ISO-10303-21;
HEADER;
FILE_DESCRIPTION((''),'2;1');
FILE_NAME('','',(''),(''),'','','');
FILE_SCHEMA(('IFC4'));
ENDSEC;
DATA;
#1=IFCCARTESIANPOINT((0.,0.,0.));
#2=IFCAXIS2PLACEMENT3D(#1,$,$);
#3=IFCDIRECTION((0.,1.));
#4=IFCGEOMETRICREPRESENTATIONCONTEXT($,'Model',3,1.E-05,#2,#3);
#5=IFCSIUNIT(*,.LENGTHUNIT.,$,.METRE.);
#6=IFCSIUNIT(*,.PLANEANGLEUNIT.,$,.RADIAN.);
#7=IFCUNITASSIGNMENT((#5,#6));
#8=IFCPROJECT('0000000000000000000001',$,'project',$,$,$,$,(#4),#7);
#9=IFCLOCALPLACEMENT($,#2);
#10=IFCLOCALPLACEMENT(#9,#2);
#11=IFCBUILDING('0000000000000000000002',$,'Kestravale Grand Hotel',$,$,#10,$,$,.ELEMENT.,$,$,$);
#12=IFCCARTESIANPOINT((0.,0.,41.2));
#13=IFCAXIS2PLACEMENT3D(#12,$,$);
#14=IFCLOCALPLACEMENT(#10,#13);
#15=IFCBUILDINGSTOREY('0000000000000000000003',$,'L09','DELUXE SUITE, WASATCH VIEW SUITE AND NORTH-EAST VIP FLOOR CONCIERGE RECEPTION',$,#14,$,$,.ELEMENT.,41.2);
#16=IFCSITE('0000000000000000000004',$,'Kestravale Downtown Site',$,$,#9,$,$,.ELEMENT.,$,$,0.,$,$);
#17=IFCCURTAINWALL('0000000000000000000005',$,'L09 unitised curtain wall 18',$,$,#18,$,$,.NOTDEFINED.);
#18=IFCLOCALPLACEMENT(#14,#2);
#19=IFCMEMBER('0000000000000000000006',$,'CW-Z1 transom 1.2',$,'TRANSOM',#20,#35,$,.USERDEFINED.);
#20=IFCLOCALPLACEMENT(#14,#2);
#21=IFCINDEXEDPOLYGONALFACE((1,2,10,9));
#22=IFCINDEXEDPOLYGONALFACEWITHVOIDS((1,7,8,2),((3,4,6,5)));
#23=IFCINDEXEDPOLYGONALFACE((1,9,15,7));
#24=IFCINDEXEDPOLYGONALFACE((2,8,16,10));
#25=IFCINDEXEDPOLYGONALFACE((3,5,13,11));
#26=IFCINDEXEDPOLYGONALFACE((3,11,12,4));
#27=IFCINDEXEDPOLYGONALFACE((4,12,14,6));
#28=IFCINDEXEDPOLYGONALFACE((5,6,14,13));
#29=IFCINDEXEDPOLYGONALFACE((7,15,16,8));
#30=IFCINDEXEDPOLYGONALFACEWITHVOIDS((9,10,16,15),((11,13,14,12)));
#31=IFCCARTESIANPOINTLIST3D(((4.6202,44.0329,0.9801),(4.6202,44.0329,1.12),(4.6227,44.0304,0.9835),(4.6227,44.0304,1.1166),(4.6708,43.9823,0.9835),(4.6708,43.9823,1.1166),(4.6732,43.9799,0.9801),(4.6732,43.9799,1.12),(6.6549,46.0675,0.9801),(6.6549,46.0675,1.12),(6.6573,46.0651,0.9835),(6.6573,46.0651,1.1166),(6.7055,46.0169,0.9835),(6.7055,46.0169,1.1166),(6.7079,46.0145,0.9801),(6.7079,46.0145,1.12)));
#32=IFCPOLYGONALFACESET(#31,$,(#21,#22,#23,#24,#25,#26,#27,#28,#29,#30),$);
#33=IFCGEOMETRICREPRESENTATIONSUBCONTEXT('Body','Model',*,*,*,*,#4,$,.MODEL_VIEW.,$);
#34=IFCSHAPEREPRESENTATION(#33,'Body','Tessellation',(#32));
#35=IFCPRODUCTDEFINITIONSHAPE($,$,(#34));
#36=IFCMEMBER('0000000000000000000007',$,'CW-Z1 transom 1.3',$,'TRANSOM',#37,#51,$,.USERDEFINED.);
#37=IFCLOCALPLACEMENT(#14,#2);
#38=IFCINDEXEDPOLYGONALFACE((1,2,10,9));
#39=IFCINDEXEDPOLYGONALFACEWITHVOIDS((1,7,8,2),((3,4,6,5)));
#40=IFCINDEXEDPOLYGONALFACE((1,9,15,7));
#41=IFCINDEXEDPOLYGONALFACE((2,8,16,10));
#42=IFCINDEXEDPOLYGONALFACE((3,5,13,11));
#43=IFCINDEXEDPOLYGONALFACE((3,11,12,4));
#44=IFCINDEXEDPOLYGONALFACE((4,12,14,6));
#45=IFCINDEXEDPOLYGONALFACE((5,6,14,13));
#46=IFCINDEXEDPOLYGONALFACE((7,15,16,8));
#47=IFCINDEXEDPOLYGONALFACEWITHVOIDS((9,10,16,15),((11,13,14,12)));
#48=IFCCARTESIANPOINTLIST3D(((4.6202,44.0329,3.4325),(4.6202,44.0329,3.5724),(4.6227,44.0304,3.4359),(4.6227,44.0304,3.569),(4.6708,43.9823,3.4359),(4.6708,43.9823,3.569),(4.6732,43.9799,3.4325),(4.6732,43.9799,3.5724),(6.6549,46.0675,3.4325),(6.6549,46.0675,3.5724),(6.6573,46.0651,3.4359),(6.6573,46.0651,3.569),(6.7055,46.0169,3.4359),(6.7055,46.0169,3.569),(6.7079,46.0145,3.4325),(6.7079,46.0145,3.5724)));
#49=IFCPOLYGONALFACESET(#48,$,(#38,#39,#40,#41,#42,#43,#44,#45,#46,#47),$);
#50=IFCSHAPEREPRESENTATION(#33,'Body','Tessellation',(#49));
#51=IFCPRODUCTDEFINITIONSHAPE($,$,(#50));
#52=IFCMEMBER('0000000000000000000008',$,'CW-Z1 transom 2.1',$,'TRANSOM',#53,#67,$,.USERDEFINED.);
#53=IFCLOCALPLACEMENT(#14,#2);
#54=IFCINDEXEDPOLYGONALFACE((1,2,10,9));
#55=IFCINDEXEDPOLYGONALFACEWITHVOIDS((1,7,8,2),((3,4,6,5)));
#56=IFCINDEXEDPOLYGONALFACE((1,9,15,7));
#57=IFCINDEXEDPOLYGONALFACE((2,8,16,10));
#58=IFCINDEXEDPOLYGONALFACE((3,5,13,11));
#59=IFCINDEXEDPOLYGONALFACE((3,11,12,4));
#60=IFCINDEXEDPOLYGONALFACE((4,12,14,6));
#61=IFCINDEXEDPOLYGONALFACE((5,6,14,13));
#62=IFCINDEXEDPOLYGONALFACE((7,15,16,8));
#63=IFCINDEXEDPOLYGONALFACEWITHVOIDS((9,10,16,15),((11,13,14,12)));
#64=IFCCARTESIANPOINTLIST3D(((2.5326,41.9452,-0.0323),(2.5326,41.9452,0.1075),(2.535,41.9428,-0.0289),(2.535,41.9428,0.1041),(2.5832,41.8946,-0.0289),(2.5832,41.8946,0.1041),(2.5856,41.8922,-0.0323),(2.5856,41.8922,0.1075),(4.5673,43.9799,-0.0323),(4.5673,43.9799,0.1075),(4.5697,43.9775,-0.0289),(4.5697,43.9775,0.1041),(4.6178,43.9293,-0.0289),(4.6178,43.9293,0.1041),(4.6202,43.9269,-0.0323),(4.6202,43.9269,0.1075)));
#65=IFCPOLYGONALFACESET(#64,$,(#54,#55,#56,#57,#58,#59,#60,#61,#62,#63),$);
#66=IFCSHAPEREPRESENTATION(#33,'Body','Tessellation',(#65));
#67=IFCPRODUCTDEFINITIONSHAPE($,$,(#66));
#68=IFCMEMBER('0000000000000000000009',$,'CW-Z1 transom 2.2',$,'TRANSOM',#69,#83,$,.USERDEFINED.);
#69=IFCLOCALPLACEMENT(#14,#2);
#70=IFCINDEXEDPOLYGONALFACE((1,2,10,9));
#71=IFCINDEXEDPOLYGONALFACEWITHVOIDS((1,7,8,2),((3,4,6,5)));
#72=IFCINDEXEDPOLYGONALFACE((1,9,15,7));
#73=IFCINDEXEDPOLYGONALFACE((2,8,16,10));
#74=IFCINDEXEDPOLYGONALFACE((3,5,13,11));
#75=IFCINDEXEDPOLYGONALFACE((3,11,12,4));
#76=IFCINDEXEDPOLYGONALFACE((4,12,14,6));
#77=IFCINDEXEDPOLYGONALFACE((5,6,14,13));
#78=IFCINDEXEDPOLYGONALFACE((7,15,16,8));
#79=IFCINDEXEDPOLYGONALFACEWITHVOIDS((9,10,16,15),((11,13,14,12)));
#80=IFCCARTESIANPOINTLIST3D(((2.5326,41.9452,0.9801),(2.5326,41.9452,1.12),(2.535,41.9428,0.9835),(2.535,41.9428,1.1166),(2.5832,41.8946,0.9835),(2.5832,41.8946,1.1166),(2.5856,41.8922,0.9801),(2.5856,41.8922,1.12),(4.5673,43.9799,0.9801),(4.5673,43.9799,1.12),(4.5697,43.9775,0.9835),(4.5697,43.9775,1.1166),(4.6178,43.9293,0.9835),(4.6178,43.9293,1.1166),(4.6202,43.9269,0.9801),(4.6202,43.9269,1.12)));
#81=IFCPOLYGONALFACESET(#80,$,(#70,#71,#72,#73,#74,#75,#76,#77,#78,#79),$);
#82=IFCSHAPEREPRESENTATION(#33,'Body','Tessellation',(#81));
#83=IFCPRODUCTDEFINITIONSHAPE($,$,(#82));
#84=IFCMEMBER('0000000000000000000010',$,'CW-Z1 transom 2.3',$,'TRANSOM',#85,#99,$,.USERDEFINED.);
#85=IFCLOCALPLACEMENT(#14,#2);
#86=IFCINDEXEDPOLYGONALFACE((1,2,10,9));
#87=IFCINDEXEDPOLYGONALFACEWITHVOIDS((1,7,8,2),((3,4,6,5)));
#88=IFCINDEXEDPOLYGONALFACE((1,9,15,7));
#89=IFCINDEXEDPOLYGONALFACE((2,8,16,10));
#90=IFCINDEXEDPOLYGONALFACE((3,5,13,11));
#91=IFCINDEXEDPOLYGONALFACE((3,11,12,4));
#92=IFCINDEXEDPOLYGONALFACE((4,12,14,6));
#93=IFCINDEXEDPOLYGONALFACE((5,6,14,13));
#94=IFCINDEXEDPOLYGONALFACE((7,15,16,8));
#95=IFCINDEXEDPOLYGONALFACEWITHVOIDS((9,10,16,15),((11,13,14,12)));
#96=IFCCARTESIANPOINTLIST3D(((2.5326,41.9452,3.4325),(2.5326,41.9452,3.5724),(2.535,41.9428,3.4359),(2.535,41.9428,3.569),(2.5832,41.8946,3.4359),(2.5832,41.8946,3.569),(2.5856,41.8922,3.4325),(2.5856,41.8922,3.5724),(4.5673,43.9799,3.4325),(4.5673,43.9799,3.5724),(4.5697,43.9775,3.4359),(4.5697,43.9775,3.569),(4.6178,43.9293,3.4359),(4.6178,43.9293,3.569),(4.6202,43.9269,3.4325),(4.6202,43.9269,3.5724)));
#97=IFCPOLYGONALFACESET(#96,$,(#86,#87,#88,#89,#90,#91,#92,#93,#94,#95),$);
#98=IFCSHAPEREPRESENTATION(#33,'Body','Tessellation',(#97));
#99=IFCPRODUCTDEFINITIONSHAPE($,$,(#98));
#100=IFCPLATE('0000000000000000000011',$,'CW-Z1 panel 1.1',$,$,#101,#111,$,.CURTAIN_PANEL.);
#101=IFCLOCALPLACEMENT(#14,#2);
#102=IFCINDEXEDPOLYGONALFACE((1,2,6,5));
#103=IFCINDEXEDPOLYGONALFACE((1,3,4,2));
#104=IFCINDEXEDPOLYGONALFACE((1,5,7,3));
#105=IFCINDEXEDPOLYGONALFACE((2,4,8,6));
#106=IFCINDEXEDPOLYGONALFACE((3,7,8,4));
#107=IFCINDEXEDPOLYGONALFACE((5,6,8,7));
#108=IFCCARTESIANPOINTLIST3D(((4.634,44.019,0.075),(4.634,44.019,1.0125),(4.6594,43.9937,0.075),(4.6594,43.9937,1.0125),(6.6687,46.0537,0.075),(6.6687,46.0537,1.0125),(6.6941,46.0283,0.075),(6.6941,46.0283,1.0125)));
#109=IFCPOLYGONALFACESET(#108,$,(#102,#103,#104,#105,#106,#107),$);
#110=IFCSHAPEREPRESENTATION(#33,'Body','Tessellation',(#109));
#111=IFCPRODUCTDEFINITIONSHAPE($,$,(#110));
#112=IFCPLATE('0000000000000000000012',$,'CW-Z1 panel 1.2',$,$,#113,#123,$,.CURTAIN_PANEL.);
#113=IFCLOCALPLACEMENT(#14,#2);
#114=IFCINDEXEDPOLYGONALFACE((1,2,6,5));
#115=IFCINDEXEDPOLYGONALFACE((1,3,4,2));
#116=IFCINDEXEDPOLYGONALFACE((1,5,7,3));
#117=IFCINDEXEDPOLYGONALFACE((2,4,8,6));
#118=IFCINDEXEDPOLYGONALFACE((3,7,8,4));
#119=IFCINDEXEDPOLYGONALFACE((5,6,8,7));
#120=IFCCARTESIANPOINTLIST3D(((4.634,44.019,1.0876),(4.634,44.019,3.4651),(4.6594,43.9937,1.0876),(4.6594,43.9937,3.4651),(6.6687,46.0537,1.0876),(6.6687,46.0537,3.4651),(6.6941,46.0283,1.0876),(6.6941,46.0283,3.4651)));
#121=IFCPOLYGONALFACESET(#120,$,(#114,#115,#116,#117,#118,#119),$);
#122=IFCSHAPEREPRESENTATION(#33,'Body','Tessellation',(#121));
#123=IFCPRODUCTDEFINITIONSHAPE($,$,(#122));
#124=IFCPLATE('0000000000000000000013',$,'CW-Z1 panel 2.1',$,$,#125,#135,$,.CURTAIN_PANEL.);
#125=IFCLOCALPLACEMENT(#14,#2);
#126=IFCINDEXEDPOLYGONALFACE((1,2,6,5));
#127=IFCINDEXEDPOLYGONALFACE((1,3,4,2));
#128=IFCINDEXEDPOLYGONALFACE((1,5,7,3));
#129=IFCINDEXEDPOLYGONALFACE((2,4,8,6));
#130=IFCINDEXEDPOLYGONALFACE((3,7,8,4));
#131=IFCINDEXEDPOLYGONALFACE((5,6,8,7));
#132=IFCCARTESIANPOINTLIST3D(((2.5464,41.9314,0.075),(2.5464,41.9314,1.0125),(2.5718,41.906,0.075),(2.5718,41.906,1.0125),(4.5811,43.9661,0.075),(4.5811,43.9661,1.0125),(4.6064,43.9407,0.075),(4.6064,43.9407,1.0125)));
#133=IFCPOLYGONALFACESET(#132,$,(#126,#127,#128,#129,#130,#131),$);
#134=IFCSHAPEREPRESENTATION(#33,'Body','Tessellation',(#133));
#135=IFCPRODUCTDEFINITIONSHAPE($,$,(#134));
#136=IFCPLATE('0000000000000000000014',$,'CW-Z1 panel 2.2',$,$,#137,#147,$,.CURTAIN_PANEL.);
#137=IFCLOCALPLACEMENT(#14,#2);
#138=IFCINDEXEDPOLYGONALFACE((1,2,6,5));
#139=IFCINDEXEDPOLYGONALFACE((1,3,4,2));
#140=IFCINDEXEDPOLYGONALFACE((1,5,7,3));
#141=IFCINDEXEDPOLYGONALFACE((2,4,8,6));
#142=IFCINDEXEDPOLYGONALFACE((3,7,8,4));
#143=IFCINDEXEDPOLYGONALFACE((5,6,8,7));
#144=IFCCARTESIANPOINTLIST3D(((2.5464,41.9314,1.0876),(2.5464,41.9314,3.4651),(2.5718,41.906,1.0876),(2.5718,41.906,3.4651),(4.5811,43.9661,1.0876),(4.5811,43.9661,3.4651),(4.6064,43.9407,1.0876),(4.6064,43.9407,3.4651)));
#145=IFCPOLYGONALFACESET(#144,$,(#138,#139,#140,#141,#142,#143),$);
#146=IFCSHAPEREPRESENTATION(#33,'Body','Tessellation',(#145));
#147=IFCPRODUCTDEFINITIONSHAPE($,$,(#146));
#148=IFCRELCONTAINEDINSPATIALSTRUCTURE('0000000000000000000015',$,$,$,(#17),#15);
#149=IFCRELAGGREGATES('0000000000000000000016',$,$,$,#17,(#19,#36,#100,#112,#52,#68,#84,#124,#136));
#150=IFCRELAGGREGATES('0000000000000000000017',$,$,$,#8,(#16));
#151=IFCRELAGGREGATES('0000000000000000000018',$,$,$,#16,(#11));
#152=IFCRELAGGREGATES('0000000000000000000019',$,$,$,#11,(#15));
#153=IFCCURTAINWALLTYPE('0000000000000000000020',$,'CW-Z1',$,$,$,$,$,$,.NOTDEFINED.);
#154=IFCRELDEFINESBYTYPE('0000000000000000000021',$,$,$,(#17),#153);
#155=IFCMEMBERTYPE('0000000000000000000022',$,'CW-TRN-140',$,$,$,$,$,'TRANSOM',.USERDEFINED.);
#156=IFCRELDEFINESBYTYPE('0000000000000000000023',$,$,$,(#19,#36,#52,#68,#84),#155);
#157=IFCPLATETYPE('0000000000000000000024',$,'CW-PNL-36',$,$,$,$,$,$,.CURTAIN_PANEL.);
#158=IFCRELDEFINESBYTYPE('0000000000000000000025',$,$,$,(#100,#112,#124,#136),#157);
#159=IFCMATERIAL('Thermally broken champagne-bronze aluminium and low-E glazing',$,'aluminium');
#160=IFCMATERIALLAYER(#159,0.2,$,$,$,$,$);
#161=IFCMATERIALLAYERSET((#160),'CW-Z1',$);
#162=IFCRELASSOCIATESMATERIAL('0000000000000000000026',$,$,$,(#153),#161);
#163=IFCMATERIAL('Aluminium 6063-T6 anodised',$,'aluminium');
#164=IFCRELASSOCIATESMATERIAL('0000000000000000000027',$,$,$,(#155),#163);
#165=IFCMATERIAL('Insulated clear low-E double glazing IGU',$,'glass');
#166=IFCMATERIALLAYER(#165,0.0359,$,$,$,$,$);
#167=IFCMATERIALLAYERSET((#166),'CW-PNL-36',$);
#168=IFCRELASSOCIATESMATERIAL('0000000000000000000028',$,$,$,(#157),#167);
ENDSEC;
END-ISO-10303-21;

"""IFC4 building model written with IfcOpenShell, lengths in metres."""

from ifc_helpers import new_model, si_unit, direction, frame, origin, origin_2d, place, context, subcontext, project, spatial, rectangle, hollow_rectangle, extrude, material, layer, layer_set, material_profile, profile_set, type_object, element, aggregate, save


model = new_model("IFC4")

# Units and contexts
model_context = context("Model", 3, precision=1e-05, world=origin(), true_north=direction((0.0, 1.0)))
body_context = subcontext(model_context, "Body", "Model", "MODEL_VIEW")
ifc_project = project(units=[si_unit("LENGTHUNIT", "METRE"), si_unit("PLANEANGLEUNIT", "RADIAN")], contexts=[model_context])

# Site, building, storey
site_placement = place(None, origin())
site = spatial("IfcSite", under=ifc_project, at=site_placement, Name="Kestravale Downtown Site", CompositionType="ELEMENT", RefElevation=0.0)
building_placement = place(site_placement, origin())
building = spatial("IfcBuilding", under=site, at=building_placement, Name="Kestravale Grand Hotel", CompositionType="ELEMENT")
storey_placement = place(building_placement, frame((0.0, 0.0, 41.2)))
storey = spatial("IfcBuildingStorey", under=building, at=storey_placement, Name="L09", Description="DELUXE SUITE, WASATCH VIEW SUITE AND NORTH-EAST VIP FLOOR CONCIERGE RECEPTION", CompositionType="ELEMENT", Elevation=41.2)

# Curtain wall, members, plates
ifc_material_1 = material(Name="Thermally broken champagne-bronze aluminium and low-E glazing", Category="aluminium")
ifc_layer_1 = layer(ifc_material_1, 0.2)
ifc_layer_set_1 = layer_set([ifc_layer_1], Name="CW-Z1")
curtain_wall_type = type_object("IfcCurtainWallType", Name="CW-Z1", PredefinedType="NOTDEFINED", material=ifc_layer_set_1)
curtain_wall_placement = place(storey_placement, origin())
curtain_wall = element("IfcCurtainWall", 1, at=curtain_wall_placement, inside=storey, type_object=curtain_wall_type, Name="L09 unitised curtain wall 18", PredefinedType="NOTDEFINED")
ifc_material_2 = material(Name="Aluminium 6063-T6 anodised", Category="aluminium")
ifc_material_profile_1 = material_profile(ifc_material_2, hollow_rectangle(XDim=0.075, YDim=0.1399, WallThickness=0.0034, at=origin_2d()))
ifc_profile_set_1 = profile_set([ifc_material_profile_1], Name="Aluminium 6063-T6 anodised")
member_type_1 = type_object("IfcMemberType", Name="CW-TRN-140", ElementType="TRANSOM", PredefinedType="USERDEFINED", material=ifc_profile_set_1)
member_1_placement = place(storey_placement, frame((6.6814, 46.041, 1.05), z_axis=(-0.707107, -0.707107, 0.0), x_axis=(0.707107, -0.707107, 0.0)))
member_1 = element("IfcMember", 2, at=member_1_placement, type_object=member_type_1, Name="CW-Z1 transom 1.2", ObjectType="TRANSOM", PredefinedType="USERDEFINED", context=body_context, shape_type="SweptSolid", body=[
    extrude(hollow_rectangle(XDim=0.075, YDim=0.1399, WallThickness=0.0034, at=origin_2d()), origin(), (0.0, 0.0, 1.0), 2.8774),
])
member_2_placement = place(storey_placement, frame((6.6814, 46.041, 3.5024), z_axis=(-0.707107, -0.707107, 0.0), x_axis=(0.707107, -0.707107, 0.0)))
member_2 = element("IfcMember", 3, at=member_2_placement, type_object=member_type_1, Name="CW-Z1 transom 1.3", ObjectType="TRANSOM", PredefinedType="USERDEFINED", context=body_context, shape_type="SweptSolid", body=[
    extrude(hollow_rectangle(XDim=0.075, YDim=0.1399, WallThickness=0.0034, at=origin_2d()), origin(), (0.0, 0.0, 1.0), 2.8774),
])
member_3_placement = place(storey_placement, frame((4.5938, 43.9534, 0.0376), z_axis=(-0.707107, -0.707107, 0.0), x_axis=(0.707107, -0.707107, 0.0)))
member_3 = element("IfcMember", 4, at=member_3_placement, type_object=member_type_1, Name="CW-Z1 transom 2.1", ObjectType="TRANSOM", PredefinedType="USERDEFINED", context=body_context, shape_type="SweptSolid", body=[
    extrude(hollow_rectangle(XDim=0.075, YDim=0.1399, WallThickness=0.0034, at=origin_2d()), origin(), (0.0, 0.0, 1.0), 2.8774),
])
member_4_placement = place(storey_placement, frame((4.5938, 43.9534, 1.05), z_axis=(-0.707107, -0.707107, 0.0), x_axis=(0.707107, -0.707107, 0.0)))
member_4 = element("IfcMember", 5, at=member_4_placement, type_object=member_type_1, Name="CW-Z1 transom 2.2", ObjectType="TRANSOM", PredefinedType="USERDEFINED", context=body_context, shape_type="SweptSolid", body=[
    extrude(hollow_rectangle(XDim=0.075, YDim=0.1399, WallThickness=0.0034, at=origin_2d()), origin(), (0.0, 0.0, 1.0), 2.8774),
])
member_5_placement = place(storey_placement, frame((4.5938, 43.9534, 3.5024), z_axis=(-0.707107, -0.707107, 0.0), x_axis=(0.707107, -0.707107, 0.0)))
member_5 = element("IfcMember", 6, at=member_5_placement, type_object=member_type_1, Name="CW-Z1 transom 2.3", ObjectType="TRANSOM", PredefinedType="USERDEFINED", context=body_context, shape_type="SweptSolid", body=[
    extrude(hollow_rectangle(XDim=0.075, YDim=0.1399, WallThickness=0.0034, at=origin_2d()), origin(), (0.0, 0.0, 1.0), 2.8774),
])
ifc_material_3 = material(Name="Insulated clear low-E double glazing IGU", Category="glass")
ifc_layer_2 = layer(ifc_material_3, 0.0359)
ifc_layer_set_2 = layer_set([ifc_layer_2], Name="CW-PNL-36")
plate_type = type_object("IfcPlateType", Name="CW-PNL-36", PredefinedType="CURTAIN_PANEL", material=ifc_layer_set_2)
plate_1_placement = place(storey_placement, frame((5.6641, 45.0237, 0.075), z_axis=(0.0, 0.0, 1.0), x_axis=(-0.707107, -0.707107, 0.0)))
plate_1 = element("IfcPlate", 7, at=plate_1_placement, type_object=plate_type, Name="CW-Z1 panel 1.1", PredefinedType="CURTAIN_PANEL", context=body_context, shape_type="SweptSolid", body=[
    extrude(rectangle(XDim=2.8774, YDim=0.0359, at=origin_2d()), origin(), (0.0, 0.0, 1.0), 0.9375),
])
plate_2_placement = place(storey_placement, frame((5.6641, 45.0237, 1.0876), z_axis=(0.0, 0.0, 1.0), x_axis=(-0.707107, -0.707107, 0.0)))
plate_2 = element("IfcPlate", 8, at=plate_2_placement, type_object=plate_type, Name="CW-Z1 panel 1.2", PredefinedType="CURTAIN_PANEL", context=body_context, shape_type="SweptSolid", body=[
    extrude(rectangle(XDim=2.8774, YDim=0.0359, at=origin_2d()), origin(), (0.0, 0.0, 1.0), 2.3774),
])
plate_3_placement = place(storey_placement, frame((3.5764, 42.936, 0.075), z_axis=(0.0, 0.0, 1.0), x_axis=(-0.707107, -0.707107, 0.0)))
plate_3 = element("IfcPlate", 9, at=plate_3_placement, type_object=plate_type, Name="CW-Z1 panel 2.1", PredefinedType="CURTAIN_PANEL", context=body_context, shape_type="SweptSolid", body=[
    extrude(rectangle(XDim=2.8774, YDim=0.0359, at=origin_2d()), origin(), (0.0, 0.0, 1.0), 0.9375),
])
plate_4_placement = place(storey_placement, frame((3.5764, 42.936, 1.0876), z_axis=(0.0, 0.0, 1.0), x_axis=(-0.707107, -0.707107, 0.0)))
plate_4 = element("IfcPlate", 10, at=plate_4_placement, type_object=plate_type, Name="CW-Z1 panel 2.2", PredefinedType="CURTAIN_PANEL", context=body_context, shape_type="SweptSolid", body=[
    extrude(rectangle(XDim=2.8774, YDim=0.0359, at=origin_2d()), origin(), (0.0, 0.0, 1.0), 2.3774),
])
aggregate(curtain_wall, [member_1, member_2, plate_1, plate_2, member_3, member_4, member_5, plate_3, plate_4])

save(model, "model.ifc")
